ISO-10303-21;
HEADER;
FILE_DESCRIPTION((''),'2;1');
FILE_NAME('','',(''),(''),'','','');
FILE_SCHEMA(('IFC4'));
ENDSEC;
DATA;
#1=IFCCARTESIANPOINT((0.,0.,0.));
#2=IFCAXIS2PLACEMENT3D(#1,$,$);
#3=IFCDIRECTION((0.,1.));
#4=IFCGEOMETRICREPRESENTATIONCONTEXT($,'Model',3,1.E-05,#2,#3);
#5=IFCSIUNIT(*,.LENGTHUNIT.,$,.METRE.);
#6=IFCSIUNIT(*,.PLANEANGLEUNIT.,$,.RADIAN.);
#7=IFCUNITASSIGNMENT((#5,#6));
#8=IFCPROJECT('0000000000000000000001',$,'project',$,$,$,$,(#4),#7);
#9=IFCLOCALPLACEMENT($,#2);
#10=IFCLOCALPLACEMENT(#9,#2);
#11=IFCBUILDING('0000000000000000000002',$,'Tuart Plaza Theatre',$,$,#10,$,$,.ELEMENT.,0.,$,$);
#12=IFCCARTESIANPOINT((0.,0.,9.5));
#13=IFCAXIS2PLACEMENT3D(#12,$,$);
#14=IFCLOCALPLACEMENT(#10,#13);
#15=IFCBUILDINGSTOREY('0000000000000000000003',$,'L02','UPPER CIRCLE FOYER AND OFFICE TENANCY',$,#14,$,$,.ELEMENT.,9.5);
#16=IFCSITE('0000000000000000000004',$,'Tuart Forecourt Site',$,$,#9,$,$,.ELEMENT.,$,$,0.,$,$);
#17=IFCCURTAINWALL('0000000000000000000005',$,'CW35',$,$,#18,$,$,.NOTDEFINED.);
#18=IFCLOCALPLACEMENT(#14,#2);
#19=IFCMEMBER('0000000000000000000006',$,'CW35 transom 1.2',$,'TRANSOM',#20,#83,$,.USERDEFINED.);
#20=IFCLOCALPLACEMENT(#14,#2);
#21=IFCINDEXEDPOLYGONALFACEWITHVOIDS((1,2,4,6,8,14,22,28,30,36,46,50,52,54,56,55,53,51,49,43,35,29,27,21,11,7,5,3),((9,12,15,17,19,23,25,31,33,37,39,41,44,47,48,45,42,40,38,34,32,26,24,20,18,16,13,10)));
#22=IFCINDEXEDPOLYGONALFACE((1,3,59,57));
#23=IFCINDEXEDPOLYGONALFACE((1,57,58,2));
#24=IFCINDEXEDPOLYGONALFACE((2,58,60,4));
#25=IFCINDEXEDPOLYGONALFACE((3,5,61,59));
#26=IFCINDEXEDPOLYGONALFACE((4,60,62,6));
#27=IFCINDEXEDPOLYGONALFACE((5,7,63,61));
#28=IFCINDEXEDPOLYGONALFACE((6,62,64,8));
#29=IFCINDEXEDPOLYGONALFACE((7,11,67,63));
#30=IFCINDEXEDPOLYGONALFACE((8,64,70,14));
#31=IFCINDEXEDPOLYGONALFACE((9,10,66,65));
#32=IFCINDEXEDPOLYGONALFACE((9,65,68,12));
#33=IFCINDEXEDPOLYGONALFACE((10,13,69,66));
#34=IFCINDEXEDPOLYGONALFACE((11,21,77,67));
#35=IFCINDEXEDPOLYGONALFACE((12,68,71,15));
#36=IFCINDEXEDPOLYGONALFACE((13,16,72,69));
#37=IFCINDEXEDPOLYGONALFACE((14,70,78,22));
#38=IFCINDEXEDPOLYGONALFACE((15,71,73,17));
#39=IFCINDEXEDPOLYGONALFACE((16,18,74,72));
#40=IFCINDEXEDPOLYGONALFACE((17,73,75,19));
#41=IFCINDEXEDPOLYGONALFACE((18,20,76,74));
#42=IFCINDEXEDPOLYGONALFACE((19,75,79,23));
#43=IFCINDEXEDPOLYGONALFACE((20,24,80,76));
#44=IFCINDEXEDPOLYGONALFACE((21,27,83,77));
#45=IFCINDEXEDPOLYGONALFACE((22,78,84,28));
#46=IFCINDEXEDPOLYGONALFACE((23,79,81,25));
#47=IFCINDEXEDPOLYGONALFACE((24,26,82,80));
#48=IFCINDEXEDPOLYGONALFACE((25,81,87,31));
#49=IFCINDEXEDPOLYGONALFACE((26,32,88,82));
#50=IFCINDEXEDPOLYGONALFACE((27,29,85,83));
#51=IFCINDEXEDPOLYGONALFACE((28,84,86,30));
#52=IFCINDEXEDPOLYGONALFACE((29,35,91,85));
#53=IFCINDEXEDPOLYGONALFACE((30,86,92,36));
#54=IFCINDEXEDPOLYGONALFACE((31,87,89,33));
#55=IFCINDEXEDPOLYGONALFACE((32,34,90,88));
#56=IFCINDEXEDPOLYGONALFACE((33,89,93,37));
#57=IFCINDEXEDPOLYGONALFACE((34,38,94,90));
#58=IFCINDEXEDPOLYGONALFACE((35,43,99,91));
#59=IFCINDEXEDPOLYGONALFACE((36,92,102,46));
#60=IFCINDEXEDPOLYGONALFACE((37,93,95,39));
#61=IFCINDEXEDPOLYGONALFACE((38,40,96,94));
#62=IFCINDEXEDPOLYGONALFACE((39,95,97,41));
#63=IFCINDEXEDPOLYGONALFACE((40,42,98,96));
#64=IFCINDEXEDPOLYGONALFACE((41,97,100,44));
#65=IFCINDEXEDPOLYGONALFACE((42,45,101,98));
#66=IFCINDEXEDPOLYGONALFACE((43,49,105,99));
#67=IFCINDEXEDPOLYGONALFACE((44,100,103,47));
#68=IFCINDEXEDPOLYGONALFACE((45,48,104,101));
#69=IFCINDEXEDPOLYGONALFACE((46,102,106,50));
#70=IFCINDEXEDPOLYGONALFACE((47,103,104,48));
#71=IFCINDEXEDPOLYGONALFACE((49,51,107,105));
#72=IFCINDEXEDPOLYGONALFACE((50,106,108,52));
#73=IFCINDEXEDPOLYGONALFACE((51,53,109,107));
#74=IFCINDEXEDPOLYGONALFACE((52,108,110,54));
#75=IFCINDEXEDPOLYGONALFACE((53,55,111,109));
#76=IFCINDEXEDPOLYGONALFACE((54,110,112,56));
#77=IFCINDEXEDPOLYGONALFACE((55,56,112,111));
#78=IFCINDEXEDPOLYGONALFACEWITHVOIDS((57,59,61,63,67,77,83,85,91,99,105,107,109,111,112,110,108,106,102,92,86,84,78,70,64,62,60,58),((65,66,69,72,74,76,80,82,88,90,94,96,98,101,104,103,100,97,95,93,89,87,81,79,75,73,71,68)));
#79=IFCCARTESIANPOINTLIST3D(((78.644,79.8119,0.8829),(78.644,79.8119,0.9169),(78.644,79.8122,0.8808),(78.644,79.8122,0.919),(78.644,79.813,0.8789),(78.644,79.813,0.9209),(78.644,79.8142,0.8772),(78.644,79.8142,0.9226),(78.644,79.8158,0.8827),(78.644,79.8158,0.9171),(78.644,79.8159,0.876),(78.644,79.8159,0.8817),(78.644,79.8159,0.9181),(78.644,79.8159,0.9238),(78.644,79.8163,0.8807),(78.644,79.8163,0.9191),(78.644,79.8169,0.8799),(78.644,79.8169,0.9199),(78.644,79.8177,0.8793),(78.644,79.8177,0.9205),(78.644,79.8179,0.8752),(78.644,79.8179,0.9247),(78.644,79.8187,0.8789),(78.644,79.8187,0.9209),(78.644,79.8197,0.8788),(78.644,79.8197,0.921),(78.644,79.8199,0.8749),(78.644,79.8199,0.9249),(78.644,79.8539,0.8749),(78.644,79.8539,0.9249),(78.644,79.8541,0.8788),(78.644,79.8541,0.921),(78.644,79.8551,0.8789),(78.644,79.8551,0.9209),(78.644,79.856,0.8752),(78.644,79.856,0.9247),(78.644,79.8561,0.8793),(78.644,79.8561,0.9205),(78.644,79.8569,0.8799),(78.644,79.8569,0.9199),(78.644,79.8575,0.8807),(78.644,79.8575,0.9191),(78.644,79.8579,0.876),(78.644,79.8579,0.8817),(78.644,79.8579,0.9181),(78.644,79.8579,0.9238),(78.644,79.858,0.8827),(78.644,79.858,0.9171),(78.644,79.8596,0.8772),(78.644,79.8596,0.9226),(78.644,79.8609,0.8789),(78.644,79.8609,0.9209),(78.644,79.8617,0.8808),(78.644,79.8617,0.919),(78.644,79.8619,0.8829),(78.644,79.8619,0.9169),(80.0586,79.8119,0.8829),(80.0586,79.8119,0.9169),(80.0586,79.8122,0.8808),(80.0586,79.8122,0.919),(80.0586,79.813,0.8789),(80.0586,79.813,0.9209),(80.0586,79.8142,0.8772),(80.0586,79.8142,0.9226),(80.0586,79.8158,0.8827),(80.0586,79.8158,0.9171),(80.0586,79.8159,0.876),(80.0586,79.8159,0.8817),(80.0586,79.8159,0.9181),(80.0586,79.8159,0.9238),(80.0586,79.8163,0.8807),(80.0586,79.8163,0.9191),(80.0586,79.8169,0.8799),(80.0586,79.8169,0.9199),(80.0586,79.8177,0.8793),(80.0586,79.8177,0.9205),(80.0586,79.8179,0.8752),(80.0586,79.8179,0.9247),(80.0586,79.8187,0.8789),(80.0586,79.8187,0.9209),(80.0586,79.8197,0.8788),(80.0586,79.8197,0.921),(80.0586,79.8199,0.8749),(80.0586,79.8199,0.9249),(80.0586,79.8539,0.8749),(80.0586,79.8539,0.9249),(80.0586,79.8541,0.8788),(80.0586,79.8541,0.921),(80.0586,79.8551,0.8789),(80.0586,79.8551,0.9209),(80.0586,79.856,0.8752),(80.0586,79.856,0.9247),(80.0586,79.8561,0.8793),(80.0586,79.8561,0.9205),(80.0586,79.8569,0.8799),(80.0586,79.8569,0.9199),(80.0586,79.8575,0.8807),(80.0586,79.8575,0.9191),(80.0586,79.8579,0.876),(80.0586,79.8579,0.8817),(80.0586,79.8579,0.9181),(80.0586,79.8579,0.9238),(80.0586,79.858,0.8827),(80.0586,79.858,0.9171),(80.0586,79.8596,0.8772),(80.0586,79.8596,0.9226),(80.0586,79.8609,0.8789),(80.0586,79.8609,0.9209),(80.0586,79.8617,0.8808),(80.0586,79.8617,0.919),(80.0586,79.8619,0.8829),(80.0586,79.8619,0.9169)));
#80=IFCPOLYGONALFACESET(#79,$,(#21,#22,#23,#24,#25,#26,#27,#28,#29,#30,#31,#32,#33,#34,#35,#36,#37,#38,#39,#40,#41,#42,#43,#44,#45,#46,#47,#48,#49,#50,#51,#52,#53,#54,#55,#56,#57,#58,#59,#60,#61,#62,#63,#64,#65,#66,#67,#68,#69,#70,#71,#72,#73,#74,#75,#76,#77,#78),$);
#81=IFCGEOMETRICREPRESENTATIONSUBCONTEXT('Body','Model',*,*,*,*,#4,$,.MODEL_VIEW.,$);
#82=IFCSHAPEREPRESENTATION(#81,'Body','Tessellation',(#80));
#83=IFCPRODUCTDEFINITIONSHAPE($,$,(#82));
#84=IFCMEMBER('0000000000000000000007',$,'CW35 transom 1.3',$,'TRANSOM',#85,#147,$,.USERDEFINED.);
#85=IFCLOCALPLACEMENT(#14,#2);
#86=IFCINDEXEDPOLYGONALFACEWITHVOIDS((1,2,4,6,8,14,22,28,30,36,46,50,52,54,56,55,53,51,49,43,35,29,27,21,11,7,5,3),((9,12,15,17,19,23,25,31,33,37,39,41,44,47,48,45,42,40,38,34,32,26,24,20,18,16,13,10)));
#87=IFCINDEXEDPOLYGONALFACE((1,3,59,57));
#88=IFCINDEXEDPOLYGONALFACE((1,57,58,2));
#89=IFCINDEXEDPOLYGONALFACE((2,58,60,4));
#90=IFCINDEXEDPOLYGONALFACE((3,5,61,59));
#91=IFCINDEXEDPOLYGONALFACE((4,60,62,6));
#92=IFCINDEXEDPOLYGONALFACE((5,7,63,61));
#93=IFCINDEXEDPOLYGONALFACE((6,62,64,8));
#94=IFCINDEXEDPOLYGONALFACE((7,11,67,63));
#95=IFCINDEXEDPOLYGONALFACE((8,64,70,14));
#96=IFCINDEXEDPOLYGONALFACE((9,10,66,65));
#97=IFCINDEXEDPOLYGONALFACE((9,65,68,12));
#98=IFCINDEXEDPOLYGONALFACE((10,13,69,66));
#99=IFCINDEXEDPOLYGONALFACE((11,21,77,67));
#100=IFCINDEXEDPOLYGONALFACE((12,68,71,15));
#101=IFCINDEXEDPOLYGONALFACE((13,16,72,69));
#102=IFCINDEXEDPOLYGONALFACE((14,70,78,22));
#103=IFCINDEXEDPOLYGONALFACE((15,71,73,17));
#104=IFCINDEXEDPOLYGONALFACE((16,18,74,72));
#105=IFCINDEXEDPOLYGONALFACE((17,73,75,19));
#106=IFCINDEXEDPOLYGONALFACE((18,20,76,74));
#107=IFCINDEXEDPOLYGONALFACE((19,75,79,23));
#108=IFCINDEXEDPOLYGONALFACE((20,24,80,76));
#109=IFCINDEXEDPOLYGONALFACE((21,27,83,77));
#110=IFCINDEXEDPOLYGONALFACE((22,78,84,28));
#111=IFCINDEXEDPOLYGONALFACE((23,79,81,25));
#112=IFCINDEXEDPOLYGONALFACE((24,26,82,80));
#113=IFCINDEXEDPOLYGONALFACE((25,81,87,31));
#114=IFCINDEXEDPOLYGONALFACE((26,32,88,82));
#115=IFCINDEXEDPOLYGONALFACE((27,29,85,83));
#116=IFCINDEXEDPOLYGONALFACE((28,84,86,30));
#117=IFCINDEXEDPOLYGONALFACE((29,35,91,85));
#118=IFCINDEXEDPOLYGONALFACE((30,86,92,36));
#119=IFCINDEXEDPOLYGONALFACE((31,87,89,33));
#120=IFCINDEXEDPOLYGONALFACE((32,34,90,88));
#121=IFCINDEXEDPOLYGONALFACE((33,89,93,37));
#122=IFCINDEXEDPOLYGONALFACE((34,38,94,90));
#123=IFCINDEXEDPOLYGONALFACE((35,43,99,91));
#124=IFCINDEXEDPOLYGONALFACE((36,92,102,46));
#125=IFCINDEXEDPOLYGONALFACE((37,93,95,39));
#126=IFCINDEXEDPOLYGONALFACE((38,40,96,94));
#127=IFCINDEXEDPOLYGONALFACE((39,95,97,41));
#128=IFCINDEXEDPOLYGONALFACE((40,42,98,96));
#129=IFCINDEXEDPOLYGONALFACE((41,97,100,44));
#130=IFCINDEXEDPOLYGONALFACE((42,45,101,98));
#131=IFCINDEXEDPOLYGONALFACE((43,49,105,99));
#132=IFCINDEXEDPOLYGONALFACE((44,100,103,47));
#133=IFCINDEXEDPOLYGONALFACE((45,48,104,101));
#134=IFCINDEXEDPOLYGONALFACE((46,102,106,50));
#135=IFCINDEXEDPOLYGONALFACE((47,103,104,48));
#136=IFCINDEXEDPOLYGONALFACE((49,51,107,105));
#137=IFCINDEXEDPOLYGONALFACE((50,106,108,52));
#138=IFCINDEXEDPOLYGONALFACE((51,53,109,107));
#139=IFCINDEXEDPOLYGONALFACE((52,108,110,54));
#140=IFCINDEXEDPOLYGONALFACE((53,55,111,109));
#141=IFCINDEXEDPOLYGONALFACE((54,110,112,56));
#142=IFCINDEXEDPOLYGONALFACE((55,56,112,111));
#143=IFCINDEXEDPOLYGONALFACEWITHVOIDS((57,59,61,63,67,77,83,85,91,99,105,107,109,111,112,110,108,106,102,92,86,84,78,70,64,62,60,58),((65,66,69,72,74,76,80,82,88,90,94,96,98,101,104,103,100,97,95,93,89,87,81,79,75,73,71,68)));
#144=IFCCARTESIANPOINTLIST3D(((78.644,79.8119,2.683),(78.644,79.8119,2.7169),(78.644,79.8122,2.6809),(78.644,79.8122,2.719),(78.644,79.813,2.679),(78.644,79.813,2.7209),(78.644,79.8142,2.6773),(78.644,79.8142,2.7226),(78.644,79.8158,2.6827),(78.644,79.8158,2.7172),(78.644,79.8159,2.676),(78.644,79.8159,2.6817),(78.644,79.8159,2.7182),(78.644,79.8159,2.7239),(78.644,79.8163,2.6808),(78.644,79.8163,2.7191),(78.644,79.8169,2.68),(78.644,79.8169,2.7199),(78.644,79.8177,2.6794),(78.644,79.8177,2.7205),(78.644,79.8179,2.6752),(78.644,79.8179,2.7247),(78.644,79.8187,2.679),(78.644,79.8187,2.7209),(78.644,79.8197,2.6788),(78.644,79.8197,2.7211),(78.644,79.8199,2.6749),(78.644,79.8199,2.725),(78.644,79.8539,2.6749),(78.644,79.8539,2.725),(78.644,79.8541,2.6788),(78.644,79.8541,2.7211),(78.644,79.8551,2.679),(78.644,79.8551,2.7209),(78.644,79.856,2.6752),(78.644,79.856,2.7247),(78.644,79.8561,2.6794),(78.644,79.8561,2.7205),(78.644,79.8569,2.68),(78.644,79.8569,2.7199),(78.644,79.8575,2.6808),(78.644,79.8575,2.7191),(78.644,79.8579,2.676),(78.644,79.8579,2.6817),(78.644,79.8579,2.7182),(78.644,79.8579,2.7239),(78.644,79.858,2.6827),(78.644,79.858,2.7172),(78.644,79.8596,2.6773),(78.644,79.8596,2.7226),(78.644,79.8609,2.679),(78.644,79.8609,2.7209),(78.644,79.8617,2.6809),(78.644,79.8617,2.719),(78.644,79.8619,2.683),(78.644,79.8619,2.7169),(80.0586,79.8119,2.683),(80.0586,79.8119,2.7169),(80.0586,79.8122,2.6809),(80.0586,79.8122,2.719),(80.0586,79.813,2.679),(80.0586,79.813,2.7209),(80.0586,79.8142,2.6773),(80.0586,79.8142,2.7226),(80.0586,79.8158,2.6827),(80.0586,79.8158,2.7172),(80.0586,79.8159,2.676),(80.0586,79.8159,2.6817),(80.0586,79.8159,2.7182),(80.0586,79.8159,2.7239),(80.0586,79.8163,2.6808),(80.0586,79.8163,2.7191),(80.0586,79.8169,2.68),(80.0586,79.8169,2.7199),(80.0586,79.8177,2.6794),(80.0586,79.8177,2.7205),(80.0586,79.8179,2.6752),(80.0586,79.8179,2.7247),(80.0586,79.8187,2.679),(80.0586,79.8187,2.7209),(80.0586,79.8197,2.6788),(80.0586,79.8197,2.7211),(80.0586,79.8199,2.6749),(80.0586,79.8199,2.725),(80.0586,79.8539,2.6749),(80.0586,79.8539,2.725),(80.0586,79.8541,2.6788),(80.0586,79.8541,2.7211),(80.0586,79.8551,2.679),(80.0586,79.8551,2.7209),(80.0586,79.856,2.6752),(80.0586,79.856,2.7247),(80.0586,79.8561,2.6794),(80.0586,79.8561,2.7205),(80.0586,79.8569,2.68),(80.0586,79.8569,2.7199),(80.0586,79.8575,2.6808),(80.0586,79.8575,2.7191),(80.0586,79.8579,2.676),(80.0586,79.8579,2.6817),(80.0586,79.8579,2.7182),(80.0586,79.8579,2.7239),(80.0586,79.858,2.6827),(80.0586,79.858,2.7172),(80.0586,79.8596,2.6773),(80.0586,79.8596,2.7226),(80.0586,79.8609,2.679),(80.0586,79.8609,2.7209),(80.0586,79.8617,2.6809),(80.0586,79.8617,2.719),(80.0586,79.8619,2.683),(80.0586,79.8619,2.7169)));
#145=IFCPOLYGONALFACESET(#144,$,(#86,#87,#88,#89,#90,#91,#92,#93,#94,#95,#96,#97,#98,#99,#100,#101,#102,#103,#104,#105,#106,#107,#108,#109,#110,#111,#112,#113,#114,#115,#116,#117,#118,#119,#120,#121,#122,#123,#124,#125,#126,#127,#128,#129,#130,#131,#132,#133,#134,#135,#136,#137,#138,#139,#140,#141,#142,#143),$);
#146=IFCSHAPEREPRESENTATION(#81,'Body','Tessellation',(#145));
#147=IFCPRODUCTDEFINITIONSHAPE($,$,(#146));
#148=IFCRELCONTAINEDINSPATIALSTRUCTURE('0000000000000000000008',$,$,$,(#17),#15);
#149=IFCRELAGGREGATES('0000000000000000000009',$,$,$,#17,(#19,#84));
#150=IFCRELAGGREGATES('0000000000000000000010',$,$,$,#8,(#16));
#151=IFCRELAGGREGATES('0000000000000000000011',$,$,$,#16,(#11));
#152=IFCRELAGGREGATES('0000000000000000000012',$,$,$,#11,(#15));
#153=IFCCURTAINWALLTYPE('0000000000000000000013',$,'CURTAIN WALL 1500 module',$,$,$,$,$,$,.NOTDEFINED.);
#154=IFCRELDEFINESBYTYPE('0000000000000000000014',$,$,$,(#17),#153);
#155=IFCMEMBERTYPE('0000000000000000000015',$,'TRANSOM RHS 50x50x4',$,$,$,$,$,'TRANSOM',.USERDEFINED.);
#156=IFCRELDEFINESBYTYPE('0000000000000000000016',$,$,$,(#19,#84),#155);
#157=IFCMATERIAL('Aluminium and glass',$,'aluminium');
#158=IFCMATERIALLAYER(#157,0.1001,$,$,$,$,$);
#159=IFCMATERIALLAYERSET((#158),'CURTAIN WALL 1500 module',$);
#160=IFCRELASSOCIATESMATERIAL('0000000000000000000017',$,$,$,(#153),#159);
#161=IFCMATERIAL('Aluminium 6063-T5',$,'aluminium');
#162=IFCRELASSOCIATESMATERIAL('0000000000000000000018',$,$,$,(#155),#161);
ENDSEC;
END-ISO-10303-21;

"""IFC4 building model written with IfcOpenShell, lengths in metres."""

from ifc_helpers import new_model, si_unit, direction, frame, origin, origin_2d, place, context, subcontext, project, spatial, hollow_rectangle, extrude, material, layer, layer_set, material_profile, profile_set, type_object, element, aggregate, save


model = new_model("IFC4")

# Units and contexts
model_context = context("Model", 3, precision=1e-05, world=origin(), true_north=direction((0.0, 1.0)))
body_context = subcontext(model_context, "Body", "Model", "MODEL_VIEW")
ifc_project = project(units=[si_unit("LENGTHUNIT", "METRE"), si_unit("PLANEANGLEUNIT", "RADIAN")], contexts=[model_context])

# Site, building, storey
site_placement = place(None, origin())
site = spatial("IfcSite", under=ifc_project, at=site_placement, Name="Tuart Forecourt Site", CompositionType="ELEMENT", RefElevation=0.0)
building_placement = place(site_placement, origin())
building = spatial("IfcBuilding", under=site, at=building_placement, Name="Tuart Plaza Theatre", CompositionType="ELEMENT", ElevationOfRefHeight=0.0)
storey_placement = place(building_placement, frame((0.0, 0.0, 9.5)))
storey = spatial("IfcBuildingStorey", under=building, at=storey_placement, Name="L02", Description="UPPER CIRCLE FOYER AND OFFICE TENANCY", CompositionType="ELEMENT", Elevation=9.5)

# Curtain wall, members
ifc_material_1 = material(Name="Aluminium and glass", Category="aluminium")
ifc_layer_1 = layer(ifc_material_1, 0.1001)
ifc_layer_set_1 = layer_set([ifc_layer_1], Name="CURTAIN WALL 1500 module")
curtain_wall_type = type_object("IfcCurtainWallType", Name="CURTAIN WALL 1500 module", PredefinedType="NOTDEFINED", material=ifc_layer_set_1)
curtain_wall_placement = place(storey_placement, origin())
curtain_wall = element("IfcCurtainWall", 1, at=curtain_wall_placement, inside=storey, type_object=curtain_wall_type, Name="CW35", PredefinedType="NOTDEFINED")
ifc_material_2 = material(Name="Aluminium 6063-T5", Category="aluminium")
ifc_material_profile_1 = material_profile(ifc_material_2, hollow_rectangle(XDim=0.05, YDim=0.05, WallThickness=0.0039, InnerFilletRadius=0.0039, OuterFilletRadius=0.0081, at=origin_2d()), Name="RHS 50x50x4")
ifc_profile_set_1 = profile_set([ifc_material_profile_1], Name="Aluminium 6063-T5")
member_type_1 = type_object("IfcMemberType", Name="TRANSOM RHS 50x50x4", ElementType="TRANSOM", PredefinedType="USERDEFINED", material=ifc_profile_set_1)
member_1_placement = place(storey_placement, frame((78.644, 79.8369, 0.8999), z_axis=(1.0, 0.0, 0.0), x_axis=(0.0, 1.0, 0.0)))
member_1 = element("IfcMember", 2, at=member_1_placement, type_object=member_type_1, Name="CW35 transom 1.2", ObjectType="TRANSOM", PredefinedType="USERDEFINED", context=body_context, shape_type="SweptSolid", body=[
    extrude(hollow_rectangle(XDim=0.05, YDim=0.05, WallThickness=0.0039, InnerFilletRadius=0.0039, OuterFilletRadius=0.0081, at=origin_2d()), origin(), (0.0, 0.0, 1.0), 1.4146),
])
member_2_placement = place(storey_placement, frame((78.644, 79.8369, 2.7), z_axis=(1.0, 0.0, 0.0), x_axis=(0.0, 1.0, 0.0)))
member_2 = element("IfcMember", 3, at=member_2_placement, type_object=member_type_1, Name="CW35 transom 1.3", ObjectType="TRANSOM", PredefinedType="USERDEFINED", context=body_context, shape_type="SweptSolid", body=[
    extrude(hollow_rectangle(XDim=0.05, YDim=0.05, WallThickness=0.0039, InnerFilletRadius=0.0039, OuterFilletRadius=0.0081, at=origin_2d()), origin(), (0.0, 0.0, 1.0), 1.4146),
])
aggregate(curtain_wall, [member_1, member_2])

save(model, "model.ifc")
